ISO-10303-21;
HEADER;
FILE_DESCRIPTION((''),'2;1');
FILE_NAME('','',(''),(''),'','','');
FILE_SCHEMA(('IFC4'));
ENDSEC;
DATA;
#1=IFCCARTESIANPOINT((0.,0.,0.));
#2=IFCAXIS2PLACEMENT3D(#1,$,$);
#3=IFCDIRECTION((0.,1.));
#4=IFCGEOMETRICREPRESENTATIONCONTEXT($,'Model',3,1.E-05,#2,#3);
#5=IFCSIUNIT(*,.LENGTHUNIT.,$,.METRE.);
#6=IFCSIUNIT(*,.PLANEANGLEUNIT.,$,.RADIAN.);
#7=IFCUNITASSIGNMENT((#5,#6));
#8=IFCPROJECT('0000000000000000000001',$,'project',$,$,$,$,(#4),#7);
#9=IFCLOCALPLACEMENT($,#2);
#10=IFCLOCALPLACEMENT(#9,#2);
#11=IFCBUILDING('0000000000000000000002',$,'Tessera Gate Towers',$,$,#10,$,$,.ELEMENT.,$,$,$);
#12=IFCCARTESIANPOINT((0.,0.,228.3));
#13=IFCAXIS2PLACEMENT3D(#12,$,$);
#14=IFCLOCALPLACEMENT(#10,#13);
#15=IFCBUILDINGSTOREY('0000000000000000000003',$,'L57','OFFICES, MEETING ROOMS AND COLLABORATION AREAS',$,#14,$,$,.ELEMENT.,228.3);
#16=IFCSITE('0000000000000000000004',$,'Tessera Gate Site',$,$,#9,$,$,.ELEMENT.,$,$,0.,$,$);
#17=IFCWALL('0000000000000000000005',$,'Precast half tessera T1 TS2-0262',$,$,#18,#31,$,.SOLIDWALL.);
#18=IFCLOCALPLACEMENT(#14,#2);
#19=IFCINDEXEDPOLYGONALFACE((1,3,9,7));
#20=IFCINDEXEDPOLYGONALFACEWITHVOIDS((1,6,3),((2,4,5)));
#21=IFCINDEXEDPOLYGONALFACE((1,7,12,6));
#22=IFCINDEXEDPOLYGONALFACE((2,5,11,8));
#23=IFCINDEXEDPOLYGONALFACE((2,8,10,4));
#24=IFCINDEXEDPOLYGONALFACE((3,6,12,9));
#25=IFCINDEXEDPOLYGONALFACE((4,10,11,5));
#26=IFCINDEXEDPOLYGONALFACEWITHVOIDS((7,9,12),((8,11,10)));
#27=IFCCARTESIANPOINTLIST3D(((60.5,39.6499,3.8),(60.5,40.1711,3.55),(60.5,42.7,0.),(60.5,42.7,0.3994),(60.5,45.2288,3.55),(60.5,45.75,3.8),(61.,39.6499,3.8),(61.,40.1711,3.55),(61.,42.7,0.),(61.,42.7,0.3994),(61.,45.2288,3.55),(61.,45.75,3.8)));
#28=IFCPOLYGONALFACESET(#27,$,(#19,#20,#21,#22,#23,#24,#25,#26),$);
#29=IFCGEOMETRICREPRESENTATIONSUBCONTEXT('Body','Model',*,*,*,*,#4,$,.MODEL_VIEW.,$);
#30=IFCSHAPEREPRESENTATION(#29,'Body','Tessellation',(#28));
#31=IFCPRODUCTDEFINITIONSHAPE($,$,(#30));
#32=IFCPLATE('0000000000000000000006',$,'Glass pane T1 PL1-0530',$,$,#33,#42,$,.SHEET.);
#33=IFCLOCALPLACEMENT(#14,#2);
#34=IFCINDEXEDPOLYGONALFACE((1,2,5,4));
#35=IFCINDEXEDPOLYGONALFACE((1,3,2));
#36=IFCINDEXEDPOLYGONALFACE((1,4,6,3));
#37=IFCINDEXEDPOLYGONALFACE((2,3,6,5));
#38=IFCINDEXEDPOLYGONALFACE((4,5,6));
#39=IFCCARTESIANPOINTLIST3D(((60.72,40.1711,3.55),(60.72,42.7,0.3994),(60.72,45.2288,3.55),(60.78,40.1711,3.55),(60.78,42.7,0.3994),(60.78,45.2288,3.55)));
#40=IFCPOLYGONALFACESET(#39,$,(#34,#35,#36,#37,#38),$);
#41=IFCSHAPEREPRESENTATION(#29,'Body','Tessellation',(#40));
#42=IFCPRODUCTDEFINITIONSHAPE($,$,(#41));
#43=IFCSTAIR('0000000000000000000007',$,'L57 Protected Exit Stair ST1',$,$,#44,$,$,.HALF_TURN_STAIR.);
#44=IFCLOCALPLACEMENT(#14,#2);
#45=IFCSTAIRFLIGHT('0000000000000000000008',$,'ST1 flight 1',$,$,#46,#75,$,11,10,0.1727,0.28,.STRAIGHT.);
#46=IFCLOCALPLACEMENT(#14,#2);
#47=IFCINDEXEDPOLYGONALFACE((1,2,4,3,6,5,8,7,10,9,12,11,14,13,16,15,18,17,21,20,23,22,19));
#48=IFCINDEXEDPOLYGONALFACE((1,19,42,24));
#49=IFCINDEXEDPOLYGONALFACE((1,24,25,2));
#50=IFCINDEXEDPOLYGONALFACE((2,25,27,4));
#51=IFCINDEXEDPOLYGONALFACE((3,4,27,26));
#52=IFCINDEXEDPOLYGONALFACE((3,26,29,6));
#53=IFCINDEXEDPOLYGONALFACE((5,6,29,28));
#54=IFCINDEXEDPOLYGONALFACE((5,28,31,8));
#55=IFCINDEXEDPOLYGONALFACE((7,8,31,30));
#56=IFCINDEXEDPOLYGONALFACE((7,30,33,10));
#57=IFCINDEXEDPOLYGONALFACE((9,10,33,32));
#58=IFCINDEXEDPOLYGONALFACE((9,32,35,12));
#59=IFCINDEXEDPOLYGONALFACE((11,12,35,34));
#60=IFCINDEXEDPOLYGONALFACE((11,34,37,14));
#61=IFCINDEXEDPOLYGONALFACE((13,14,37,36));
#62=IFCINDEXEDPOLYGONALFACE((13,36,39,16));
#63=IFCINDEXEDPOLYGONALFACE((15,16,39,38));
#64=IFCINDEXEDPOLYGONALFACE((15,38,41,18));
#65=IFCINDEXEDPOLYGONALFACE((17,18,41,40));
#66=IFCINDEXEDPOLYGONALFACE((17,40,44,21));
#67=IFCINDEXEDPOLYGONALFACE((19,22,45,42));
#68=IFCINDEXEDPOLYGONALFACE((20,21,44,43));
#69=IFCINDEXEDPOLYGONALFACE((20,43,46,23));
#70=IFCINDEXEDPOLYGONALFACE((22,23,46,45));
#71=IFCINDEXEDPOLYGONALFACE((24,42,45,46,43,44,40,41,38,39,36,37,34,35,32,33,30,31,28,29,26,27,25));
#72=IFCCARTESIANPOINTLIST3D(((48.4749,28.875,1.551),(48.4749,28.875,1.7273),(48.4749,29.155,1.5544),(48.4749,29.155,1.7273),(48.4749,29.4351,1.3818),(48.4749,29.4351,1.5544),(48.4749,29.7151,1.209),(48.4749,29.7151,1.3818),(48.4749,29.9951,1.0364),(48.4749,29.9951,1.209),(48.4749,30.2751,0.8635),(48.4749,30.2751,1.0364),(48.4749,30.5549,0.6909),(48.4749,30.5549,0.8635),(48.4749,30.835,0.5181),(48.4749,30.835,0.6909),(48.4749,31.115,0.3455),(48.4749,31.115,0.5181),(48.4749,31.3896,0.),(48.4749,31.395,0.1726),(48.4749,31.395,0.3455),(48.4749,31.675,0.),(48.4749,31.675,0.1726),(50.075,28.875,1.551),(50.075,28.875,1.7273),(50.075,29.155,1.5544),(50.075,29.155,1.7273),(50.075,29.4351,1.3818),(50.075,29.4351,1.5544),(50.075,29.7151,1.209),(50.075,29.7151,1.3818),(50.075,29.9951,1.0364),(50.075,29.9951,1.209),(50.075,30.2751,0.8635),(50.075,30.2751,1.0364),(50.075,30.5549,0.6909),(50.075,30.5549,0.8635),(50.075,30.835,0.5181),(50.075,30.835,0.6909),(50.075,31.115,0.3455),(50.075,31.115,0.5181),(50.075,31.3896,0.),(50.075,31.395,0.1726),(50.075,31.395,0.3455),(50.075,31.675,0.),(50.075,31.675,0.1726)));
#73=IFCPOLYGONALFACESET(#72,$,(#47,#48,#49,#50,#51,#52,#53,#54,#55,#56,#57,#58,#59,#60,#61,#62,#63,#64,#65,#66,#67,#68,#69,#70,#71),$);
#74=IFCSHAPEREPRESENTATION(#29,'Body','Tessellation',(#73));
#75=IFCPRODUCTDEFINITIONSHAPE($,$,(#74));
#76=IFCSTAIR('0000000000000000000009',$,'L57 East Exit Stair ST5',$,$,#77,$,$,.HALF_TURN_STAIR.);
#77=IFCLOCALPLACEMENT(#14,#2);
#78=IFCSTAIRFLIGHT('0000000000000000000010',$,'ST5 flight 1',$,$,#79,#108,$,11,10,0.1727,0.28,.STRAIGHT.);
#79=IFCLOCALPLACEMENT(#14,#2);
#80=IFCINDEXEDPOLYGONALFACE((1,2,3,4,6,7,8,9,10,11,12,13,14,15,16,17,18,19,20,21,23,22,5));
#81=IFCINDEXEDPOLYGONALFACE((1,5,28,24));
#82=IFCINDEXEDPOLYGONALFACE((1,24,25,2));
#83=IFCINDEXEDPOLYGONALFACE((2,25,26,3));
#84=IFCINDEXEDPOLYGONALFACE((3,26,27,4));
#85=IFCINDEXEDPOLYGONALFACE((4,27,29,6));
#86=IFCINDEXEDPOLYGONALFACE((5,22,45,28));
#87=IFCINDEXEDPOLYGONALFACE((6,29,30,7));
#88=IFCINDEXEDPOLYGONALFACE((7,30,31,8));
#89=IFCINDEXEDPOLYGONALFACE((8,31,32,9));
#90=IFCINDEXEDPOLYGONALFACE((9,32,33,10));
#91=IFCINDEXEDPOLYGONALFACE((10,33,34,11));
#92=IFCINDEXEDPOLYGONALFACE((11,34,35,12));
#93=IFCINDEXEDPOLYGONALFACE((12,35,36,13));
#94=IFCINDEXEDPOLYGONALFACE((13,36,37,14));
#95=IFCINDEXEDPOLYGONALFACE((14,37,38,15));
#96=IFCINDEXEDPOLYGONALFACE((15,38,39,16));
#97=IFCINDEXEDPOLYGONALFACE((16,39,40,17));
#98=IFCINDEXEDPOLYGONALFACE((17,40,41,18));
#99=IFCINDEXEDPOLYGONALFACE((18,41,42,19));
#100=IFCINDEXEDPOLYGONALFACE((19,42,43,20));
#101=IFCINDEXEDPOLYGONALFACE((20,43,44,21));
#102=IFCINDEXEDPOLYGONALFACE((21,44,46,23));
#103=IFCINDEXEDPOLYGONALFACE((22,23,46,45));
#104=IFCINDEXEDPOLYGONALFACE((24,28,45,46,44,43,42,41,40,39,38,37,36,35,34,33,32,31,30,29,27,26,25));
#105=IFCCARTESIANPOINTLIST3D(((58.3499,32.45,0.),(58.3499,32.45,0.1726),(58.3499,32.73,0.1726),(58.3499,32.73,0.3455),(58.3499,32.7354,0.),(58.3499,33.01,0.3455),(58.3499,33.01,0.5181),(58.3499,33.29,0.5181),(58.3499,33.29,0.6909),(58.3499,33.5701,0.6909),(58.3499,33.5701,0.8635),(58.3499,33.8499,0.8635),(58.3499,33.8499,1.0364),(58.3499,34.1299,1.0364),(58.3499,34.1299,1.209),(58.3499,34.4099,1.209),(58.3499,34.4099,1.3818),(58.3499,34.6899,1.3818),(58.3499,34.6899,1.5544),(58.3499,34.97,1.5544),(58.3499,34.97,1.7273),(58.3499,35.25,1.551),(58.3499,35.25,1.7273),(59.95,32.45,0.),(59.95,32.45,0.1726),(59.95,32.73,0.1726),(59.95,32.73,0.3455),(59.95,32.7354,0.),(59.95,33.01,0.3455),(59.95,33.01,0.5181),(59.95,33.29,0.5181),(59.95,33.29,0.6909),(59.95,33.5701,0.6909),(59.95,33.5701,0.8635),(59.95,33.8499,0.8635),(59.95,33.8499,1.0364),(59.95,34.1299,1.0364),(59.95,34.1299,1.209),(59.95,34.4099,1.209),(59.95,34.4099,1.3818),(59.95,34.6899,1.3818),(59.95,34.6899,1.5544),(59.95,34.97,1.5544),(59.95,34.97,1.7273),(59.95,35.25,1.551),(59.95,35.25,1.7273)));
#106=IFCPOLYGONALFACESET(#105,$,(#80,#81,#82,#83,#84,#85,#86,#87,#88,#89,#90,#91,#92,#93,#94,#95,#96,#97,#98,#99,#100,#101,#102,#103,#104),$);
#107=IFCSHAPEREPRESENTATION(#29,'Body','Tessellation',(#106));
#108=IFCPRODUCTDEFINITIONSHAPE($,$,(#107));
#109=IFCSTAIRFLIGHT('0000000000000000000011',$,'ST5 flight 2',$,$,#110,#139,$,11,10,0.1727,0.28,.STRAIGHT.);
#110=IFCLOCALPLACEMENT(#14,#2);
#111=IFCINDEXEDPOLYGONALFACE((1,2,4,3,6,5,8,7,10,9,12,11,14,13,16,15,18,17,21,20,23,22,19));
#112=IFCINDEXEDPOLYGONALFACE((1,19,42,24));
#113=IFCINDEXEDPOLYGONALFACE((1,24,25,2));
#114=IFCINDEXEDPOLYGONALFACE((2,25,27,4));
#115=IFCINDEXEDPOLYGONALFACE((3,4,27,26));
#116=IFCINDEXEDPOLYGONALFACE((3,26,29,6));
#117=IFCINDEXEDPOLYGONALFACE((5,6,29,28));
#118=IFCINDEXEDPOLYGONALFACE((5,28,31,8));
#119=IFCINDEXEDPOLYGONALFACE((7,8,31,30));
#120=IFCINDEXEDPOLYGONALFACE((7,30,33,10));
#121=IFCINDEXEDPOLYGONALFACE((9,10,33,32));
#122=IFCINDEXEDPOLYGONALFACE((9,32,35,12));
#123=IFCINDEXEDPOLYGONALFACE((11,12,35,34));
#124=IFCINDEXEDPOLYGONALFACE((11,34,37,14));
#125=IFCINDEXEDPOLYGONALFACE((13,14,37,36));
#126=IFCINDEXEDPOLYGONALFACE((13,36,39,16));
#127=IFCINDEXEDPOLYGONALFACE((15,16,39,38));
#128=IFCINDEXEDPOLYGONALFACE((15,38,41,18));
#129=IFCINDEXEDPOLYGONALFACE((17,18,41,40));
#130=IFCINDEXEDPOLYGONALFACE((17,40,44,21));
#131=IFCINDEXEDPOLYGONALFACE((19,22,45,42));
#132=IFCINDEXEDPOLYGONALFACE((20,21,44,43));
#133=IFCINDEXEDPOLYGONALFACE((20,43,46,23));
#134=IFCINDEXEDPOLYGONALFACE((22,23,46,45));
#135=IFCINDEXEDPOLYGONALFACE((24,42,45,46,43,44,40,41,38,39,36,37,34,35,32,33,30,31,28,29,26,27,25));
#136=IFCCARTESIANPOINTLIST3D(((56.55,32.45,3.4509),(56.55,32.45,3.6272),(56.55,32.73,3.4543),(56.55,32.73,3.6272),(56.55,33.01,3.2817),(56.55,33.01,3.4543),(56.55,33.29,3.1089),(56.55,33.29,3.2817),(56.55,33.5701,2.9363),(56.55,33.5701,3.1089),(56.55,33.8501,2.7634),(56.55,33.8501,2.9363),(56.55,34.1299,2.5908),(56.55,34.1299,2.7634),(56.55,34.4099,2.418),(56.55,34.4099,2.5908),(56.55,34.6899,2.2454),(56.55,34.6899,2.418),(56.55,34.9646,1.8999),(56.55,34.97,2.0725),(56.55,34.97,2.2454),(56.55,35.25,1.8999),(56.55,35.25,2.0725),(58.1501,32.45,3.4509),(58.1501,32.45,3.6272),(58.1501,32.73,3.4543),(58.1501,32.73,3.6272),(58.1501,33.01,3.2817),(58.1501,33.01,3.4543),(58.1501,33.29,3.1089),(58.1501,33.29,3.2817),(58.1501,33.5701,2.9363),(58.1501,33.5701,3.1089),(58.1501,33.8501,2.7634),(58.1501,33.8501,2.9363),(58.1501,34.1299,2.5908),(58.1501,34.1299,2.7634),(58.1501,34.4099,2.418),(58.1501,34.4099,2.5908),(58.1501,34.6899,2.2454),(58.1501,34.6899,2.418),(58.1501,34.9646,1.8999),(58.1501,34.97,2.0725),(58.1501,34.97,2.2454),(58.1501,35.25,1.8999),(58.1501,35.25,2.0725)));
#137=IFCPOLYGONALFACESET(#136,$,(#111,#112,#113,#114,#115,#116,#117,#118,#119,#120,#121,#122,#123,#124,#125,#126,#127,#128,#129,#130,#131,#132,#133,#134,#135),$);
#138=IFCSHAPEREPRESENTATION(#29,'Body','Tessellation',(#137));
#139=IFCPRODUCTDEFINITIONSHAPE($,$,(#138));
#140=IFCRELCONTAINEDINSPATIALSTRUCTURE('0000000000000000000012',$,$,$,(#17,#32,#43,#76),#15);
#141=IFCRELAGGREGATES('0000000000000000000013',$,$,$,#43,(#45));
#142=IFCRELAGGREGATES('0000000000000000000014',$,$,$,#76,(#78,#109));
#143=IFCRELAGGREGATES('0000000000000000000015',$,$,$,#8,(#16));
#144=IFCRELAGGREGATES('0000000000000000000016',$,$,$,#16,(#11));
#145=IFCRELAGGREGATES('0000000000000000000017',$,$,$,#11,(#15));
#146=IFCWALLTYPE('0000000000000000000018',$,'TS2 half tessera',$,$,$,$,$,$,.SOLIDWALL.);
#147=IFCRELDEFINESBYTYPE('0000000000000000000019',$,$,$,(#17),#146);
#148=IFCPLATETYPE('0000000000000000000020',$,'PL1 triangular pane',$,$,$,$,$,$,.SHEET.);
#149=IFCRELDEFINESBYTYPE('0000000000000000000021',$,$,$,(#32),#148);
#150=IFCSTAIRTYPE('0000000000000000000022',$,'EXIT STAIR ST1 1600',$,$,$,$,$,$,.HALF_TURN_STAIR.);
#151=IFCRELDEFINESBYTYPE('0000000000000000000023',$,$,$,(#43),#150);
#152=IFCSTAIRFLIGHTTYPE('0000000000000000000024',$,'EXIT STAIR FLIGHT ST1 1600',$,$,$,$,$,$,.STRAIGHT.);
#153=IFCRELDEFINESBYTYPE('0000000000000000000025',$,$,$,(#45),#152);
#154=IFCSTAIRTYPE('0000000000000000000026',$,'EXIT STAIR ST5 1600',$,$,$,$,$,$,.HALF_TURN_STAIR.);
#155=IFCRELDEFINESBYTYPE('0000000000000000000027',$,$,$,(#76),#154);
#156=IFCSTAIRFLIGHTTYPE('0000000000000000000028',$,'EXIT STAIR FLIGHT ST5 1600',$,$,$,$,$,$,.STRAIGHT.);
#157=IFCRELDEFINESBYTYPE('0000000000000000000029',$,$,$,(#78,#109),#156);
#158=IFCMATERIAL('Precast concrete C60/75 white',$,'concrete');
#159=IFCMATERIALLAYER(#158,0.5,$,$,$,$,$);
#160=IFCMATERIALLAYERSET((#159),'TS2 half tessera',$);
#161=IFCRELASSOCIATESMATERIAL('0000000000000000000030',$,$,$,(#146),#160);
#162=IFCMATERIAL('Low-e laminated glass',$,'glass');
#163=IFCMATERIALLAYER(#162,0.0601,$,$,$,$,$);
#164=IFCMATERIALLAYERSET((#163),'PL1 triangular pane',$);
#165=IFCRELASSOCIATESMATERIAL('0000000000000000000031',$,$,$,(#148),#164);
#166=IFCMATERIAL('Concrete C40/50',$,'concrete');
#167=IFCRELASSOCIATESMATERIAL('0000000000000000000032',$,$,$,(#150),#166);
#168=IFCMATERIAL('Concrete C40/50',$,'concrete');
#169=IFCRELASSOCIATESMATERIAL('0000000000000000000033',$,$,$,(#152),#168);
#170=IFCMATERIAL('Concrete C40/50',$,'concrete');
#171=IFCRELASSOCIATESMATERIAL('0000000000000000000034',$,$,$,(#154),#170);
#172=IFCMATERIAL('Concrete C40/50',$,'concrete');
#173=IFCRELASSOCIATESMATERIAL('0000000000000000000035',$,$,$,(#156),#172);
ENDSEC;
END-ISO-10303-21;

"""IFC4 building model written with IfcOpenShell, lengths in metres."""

from ifc_helpers import new_model, si_unit, direction, frame, origin, place, context, subcontext, project, spatial, polyline, outline, extrude, source, transform, mapped, material, layer, layer_set, type_object, element, fill, aggregate, save


model = new_model("IFC4")

# Units and contexts
model_context = context("Model", 3, precision=1e-05, world=origin(), true_north=direction((0.0, 1.0)))
body_context = subcontext(model_context, "Body", "Model", "MODEL_VIEW")
ifc_project = project(units=[si_unit("LENGTHUNIT", "METRE"), si_unit("PLANEANGLEUNIT", "RADIAN")], contexts=[model_context])

# Site, building, storey
site_placement = place(None, origin())
site = spatial("IfcSite", under=ifc_project, at=site_placement, Name="Tessera Gate Site", CompositionType="ELEMENT", RefElevation=0.0)
building_placement = place(site_placement, origin())
building = spatial("IfcBuilding", under=site, at=building_placement, Name="Tessera Gate Towers", CompositionType="ELEMENT")
storey_placement = place(building_placement, frame((0.0, 0.0, 228.3)))
storey = spatial("IfcBuildingStorey", under=building, at=storey_placement, Name="L57", Description="OFFICES, MEETING ROOMS AND COLLABORATION AREAS", CompositionType="ELEMENT", Elevation=228.3)

# Wall, opening, plate
ifc_material_1 = material(Name="Precast concrete C60/75 white", Category="concrete")
ifc_layer_1 = layer(ifc_material_1, 0.5)
ifc_layer_set_1 = layer_set([ifc_layer_1], Name="TS2 half tessera")
wall_type_1 = type_object("IfcWallType", Name="TS2 half tessera", PredefinedType="SOLIDWALL", material=ifc_layer_set_1)
shared_shape_1 = source(origin(), body_context, "Body", "SweptSolid", [
    extrude(outline(polyline([(3.05, 0.0), (6.1001, 3.8), (0.0, 3.8), (3.05, 0.0)])), frame((0.0, 0.25, 0.0), z_axis=(0.0, -1.0, 0.0), x_axis=(1.0, 0.0, 0.0)), (0.0, 0.0, 1.0), 0.5),
])
wall_1_placement = place(storey_placement, frame((60.75, 39.6499, 0.0), z_axis=(0.0, 0.0, 1.0), x_axis=(0.0, 1.0, 0.0)))
wall_1 = element("IfcWall", 1, at=wall_1_placement, inside=storey, type_object=wall_type_1, Name="Precast half tessera T1 TS2-0262", PredefinedType="SOLIDWALL", context=body_context, shape_type="MappedRepresentation", body=[
    mapped(shared_shape_1, transform((0.0, 0.0, 0.0), scale=1.0)),
])
shared_shape_2 = source(origin(), body_context, "Body", "SweptSolid", [
    extrude(outline(polyline([(3.05, 0.3994), (5.5789, 3.55), (0.5212, 3.55), (3.05, 0.3994)])), frame((0.0, 0.26, 0.0), z_axis=(0.0, -1.0, 0.0), x_axis=(1.0, 0.0, 0.0)), (0.0, 0.0, 1.0), 0.52),
])
opening_1_placement = place(wall_1_placement, origin())
opening_1 = element("IfcOpeningElement", 2, at=opening_1_placement, cuts=wall_1, PredefinedType="OPENING", context=body_context, shape_type="MappedRepresentation", body=[
    mapped(shared_shape_2, transform((0.0, 0.0, 0.0), scale=1.0)),
])
ifc_material_2 = material(Name="Low-e laminated glass", Category="glass")
ifc_layer_2 = layer(ifc_material_2, 0.0601)
ifc_layer_set_2 = layer_set([ifc_layer_2], Name="PL1 triangular pane")
plate_type = type_object("IfcPlateType", Name="PL1 triangular pane", PredefinedType="SHEET", material=ifc_layer_set_2)
shared_shape_3 = source(origin(), body_context, "Body", "SweptSolid", [
    extrude(outline(polyline([(3.05, 0.3994), (5.5789, 3.55), (0.5212, 3.55), (3.05, 0.3994)])), frame((0.0, 0.03, 0.0), z_axis=(0.0, -1.0, 0.0), x_axis=(1.0, 0.0, 0.0)), (0.0, 0.0, 1.0), 0.0601),
])
plate_placement = place(opening_1_placement, origin())
plate = element("IfcPlate", 3, at=plate_placement, inside=storey, type_object=plate_type, Name="Glass pane T1 PL1-0530", PredefinedType="SHEET", context=body_context, shape_type="MappedRepresentation", body=[
    mapped(shared_shape_3, transform((0.0, 0.0, 0.0), scale=1.0)),
])
fill(opening_1, plate)

# Stair, stair flight
ifc_material_3 = material(Name="Concrete C40/50", Category="concrete")
stair_type_1 = type_object("IfcStairType", Name="EXIT STAIR ST1 1600", PredefinedType="HALF_TURN_STAIR", material=ifc_material_3)
stair_1_placement = place(storey_placement, origin())
stair_1 = element("IfcStair", 4, at=stair_1_placement, inside=storey, type_object=stair_type_1, Name="L57 Protected Exit Stair ST1", PredefinedType="HALF_TURN_STAIR")
ifc_material_4 = material(Name="Concrete C40/50", Category="concrete")
stair_flight_type_1 = type_object("IfcStairFlightType", Name="EXIT STAIR FLIGHT ST1 1600", PredefinedType="STRAIGHT", material=ifc_material_4)
stair_flight_1_placement = place(storey_placement, frame((49.2749, 31.675, 0.0), z_axis=(0.0, 0.0, 1.0), x_axis=(0.0, -1.0, 0.0)))
stair_flight_1 = element("IfcStairFlight", 5, at=stair_flight_1_placement, type_object=stair_flight_type_1, Name="ST1 flight 1", NumberOfRisers=11, NumberOfTreads=10, PredefinedType="STRAIGHT", RiserHeight=0.1727, TreadLength=0.28, context=body_context, shape_type="SweptSolid", body=[
    extrude(outline(polyline([(0.0, 0.0), (0.0, 0.1726), (0.28, 0.1726), (0.28, 0.3455), (0.5601, 0.3455), (0.5601, 0.5181), (0.8401, 0.5181), (0.8401, 0.6909), (1.1201, 0.6909), (1.1201, 0.8635), (1.3999, 0.8635), (1.3999, 1.0364), (1.6799, 1.0364), (1.6799, 1.209), (1.96, 1.209), (1.96, 1.3818), (2.24, 1.3818), (2.24, 1.5544), (2.52, 1.5544), (2.52, 1.7273), (2.8, 1.7273), (2.8, 1.8999), (2.8, 1.551), (0.2854, 0.0), (0.0, 0.0)])), frame((0.0, 0.8, 0.0), z_axis=(0.0, -1.0, 0.0), x_axis=(1.0, 0.0, 0.0)), (0.0, 0.0, 1.0), 1.6001),
])
aggregate(stair_1, [stair_flight_1])

# Stair, stair flights
ifc_material_5 = material(Name="Concrete C40/50", Category="concrete")
stair_type_2 = type_object("IfcStairType", Name="EXIT STAIR ST5 1600", PredefinedType="HALF_TURN_STAIR", material=ifc_material_5)
stair_2_placement = place(storey_placement, origin())
stair_2 = element("IfcStair", 6, at=stair_2_placement, inside=storey, type_object=stair_type_2, Name="L57 East Exit Stair ST5", PredefinedType="HALF_TURN_STAIR")
ifc_material_6 = material(Name="Concrete C40/50", Category="concrete")
stair_flight_type_2 = type_object("IfcStairFlightType", Name="EXIT STAIR FLIGHT ST5 1600", PredefinedType="STRAIGHT", material=ifc_material_6)
stair_flight_2_placement = place(storey_placement, frame((59.1499, 32.45, 0.0), z_axis=(0.0, 0.0, 1.0), x_axis=(0.0, 1.0, 0.0)))
stair_flight_2 = element("IfcStairFlight", 7, at=stair_flight_2_placement, type_object=stair_flight_type_2, Name="ST5 flight 1", NumberOfRisers=11, NumberOfTreads=10, PredefinedType="STRAIGHT", RiserHeight=0.1727, TreadLength=0.28, context=body_context, shape_type="SweptSolid", body=[
    extrude(outline(polyline([(0.0, 0.0), (0.0, 0.1726), (0.28, 0.1726), (0.28, 0.3455), (0.5601, 0.3455), (0.5601, 0.5181), (0.8401, 0.5181), (0.8401, 0.6909), (1.1201, 0.6909), (1.1201, 0.8635), (1.3999, 0.8635), (1.3999, 1.0364), (1.6799, 1.0364), (1.6799, 1.209), (1.96, 1.209), (1.96, 1.3818), (2.24, 1.3818), (2.24, 1.5544), (2.52, 1.5544), (2.52, 1.7273), (2.8, 1.7273), (2.8, 1.8999), (2.8, 1.551), (0.2854, 0.0), (0.0, 0.0)])), frame((0.0, 0.8, 0.0), z_axis=(0.0, -1.0, 0.0), x_axis=(1.0, 0.0, 0.0)), (0.0, 0.0, 1.0), 1.6001),
])
stair_flight_3_placement = place(storey_placement, frame((57.3501, 35.25, 1.8999), z_axis=(0.0, 0.0, 1.0), x_axis=(0.0, -1.0, 0.0)))
stair_flight_3 = element("IfcStairFlight", 8, at=stair_flight_3_placement, type_object=stair_flight_type_2, Name="ST5 flight 2", NumberOfRisers=11, NumberOfTreads=10, PredefinedType="STRAIGHT", RiserHeight=0.1727, TreadLength=0.28, context=body_context, shape_type="SweptSolid", body=[
    extrude(outline(polyline([(0.0, 0.0), (0.0, 0.1726), (0.28, 0.1726), (0.28, 0.3455), (0.5601, 0.3455), (0.5601, 0.5181), (0.8401, 0.5181), (0.8401, 0.6909), (1.1201, 0.6909), (1.1201, 0.8635), (1.3999, 0.8635), (1.3999, 1.0364), (1.6799, 1.0364), (1.6799, 1.209), (1.96, 1.209), (1.96, 1.3818), (2.24, 1.3818), (2.24, 1.5544), (2.52, 1.5544), (2.52, 1.7273), (2.8, 1.7273), (2.8, 1.8999), (2.8, 1.551), (0.2854, 0.0), (0.0, 0.0)])), frame((0.0, 0.8, 0.0), z_axis=(0.0, -1.0, 0.0), x_axis=(1.0, 0.0, 0.0)), (0.0, 0.0, 1.0), 1.6001),
])
aggregate(stair_2, [stair_flight_2, stair_flight_3])

save(model, "model.ifc")
